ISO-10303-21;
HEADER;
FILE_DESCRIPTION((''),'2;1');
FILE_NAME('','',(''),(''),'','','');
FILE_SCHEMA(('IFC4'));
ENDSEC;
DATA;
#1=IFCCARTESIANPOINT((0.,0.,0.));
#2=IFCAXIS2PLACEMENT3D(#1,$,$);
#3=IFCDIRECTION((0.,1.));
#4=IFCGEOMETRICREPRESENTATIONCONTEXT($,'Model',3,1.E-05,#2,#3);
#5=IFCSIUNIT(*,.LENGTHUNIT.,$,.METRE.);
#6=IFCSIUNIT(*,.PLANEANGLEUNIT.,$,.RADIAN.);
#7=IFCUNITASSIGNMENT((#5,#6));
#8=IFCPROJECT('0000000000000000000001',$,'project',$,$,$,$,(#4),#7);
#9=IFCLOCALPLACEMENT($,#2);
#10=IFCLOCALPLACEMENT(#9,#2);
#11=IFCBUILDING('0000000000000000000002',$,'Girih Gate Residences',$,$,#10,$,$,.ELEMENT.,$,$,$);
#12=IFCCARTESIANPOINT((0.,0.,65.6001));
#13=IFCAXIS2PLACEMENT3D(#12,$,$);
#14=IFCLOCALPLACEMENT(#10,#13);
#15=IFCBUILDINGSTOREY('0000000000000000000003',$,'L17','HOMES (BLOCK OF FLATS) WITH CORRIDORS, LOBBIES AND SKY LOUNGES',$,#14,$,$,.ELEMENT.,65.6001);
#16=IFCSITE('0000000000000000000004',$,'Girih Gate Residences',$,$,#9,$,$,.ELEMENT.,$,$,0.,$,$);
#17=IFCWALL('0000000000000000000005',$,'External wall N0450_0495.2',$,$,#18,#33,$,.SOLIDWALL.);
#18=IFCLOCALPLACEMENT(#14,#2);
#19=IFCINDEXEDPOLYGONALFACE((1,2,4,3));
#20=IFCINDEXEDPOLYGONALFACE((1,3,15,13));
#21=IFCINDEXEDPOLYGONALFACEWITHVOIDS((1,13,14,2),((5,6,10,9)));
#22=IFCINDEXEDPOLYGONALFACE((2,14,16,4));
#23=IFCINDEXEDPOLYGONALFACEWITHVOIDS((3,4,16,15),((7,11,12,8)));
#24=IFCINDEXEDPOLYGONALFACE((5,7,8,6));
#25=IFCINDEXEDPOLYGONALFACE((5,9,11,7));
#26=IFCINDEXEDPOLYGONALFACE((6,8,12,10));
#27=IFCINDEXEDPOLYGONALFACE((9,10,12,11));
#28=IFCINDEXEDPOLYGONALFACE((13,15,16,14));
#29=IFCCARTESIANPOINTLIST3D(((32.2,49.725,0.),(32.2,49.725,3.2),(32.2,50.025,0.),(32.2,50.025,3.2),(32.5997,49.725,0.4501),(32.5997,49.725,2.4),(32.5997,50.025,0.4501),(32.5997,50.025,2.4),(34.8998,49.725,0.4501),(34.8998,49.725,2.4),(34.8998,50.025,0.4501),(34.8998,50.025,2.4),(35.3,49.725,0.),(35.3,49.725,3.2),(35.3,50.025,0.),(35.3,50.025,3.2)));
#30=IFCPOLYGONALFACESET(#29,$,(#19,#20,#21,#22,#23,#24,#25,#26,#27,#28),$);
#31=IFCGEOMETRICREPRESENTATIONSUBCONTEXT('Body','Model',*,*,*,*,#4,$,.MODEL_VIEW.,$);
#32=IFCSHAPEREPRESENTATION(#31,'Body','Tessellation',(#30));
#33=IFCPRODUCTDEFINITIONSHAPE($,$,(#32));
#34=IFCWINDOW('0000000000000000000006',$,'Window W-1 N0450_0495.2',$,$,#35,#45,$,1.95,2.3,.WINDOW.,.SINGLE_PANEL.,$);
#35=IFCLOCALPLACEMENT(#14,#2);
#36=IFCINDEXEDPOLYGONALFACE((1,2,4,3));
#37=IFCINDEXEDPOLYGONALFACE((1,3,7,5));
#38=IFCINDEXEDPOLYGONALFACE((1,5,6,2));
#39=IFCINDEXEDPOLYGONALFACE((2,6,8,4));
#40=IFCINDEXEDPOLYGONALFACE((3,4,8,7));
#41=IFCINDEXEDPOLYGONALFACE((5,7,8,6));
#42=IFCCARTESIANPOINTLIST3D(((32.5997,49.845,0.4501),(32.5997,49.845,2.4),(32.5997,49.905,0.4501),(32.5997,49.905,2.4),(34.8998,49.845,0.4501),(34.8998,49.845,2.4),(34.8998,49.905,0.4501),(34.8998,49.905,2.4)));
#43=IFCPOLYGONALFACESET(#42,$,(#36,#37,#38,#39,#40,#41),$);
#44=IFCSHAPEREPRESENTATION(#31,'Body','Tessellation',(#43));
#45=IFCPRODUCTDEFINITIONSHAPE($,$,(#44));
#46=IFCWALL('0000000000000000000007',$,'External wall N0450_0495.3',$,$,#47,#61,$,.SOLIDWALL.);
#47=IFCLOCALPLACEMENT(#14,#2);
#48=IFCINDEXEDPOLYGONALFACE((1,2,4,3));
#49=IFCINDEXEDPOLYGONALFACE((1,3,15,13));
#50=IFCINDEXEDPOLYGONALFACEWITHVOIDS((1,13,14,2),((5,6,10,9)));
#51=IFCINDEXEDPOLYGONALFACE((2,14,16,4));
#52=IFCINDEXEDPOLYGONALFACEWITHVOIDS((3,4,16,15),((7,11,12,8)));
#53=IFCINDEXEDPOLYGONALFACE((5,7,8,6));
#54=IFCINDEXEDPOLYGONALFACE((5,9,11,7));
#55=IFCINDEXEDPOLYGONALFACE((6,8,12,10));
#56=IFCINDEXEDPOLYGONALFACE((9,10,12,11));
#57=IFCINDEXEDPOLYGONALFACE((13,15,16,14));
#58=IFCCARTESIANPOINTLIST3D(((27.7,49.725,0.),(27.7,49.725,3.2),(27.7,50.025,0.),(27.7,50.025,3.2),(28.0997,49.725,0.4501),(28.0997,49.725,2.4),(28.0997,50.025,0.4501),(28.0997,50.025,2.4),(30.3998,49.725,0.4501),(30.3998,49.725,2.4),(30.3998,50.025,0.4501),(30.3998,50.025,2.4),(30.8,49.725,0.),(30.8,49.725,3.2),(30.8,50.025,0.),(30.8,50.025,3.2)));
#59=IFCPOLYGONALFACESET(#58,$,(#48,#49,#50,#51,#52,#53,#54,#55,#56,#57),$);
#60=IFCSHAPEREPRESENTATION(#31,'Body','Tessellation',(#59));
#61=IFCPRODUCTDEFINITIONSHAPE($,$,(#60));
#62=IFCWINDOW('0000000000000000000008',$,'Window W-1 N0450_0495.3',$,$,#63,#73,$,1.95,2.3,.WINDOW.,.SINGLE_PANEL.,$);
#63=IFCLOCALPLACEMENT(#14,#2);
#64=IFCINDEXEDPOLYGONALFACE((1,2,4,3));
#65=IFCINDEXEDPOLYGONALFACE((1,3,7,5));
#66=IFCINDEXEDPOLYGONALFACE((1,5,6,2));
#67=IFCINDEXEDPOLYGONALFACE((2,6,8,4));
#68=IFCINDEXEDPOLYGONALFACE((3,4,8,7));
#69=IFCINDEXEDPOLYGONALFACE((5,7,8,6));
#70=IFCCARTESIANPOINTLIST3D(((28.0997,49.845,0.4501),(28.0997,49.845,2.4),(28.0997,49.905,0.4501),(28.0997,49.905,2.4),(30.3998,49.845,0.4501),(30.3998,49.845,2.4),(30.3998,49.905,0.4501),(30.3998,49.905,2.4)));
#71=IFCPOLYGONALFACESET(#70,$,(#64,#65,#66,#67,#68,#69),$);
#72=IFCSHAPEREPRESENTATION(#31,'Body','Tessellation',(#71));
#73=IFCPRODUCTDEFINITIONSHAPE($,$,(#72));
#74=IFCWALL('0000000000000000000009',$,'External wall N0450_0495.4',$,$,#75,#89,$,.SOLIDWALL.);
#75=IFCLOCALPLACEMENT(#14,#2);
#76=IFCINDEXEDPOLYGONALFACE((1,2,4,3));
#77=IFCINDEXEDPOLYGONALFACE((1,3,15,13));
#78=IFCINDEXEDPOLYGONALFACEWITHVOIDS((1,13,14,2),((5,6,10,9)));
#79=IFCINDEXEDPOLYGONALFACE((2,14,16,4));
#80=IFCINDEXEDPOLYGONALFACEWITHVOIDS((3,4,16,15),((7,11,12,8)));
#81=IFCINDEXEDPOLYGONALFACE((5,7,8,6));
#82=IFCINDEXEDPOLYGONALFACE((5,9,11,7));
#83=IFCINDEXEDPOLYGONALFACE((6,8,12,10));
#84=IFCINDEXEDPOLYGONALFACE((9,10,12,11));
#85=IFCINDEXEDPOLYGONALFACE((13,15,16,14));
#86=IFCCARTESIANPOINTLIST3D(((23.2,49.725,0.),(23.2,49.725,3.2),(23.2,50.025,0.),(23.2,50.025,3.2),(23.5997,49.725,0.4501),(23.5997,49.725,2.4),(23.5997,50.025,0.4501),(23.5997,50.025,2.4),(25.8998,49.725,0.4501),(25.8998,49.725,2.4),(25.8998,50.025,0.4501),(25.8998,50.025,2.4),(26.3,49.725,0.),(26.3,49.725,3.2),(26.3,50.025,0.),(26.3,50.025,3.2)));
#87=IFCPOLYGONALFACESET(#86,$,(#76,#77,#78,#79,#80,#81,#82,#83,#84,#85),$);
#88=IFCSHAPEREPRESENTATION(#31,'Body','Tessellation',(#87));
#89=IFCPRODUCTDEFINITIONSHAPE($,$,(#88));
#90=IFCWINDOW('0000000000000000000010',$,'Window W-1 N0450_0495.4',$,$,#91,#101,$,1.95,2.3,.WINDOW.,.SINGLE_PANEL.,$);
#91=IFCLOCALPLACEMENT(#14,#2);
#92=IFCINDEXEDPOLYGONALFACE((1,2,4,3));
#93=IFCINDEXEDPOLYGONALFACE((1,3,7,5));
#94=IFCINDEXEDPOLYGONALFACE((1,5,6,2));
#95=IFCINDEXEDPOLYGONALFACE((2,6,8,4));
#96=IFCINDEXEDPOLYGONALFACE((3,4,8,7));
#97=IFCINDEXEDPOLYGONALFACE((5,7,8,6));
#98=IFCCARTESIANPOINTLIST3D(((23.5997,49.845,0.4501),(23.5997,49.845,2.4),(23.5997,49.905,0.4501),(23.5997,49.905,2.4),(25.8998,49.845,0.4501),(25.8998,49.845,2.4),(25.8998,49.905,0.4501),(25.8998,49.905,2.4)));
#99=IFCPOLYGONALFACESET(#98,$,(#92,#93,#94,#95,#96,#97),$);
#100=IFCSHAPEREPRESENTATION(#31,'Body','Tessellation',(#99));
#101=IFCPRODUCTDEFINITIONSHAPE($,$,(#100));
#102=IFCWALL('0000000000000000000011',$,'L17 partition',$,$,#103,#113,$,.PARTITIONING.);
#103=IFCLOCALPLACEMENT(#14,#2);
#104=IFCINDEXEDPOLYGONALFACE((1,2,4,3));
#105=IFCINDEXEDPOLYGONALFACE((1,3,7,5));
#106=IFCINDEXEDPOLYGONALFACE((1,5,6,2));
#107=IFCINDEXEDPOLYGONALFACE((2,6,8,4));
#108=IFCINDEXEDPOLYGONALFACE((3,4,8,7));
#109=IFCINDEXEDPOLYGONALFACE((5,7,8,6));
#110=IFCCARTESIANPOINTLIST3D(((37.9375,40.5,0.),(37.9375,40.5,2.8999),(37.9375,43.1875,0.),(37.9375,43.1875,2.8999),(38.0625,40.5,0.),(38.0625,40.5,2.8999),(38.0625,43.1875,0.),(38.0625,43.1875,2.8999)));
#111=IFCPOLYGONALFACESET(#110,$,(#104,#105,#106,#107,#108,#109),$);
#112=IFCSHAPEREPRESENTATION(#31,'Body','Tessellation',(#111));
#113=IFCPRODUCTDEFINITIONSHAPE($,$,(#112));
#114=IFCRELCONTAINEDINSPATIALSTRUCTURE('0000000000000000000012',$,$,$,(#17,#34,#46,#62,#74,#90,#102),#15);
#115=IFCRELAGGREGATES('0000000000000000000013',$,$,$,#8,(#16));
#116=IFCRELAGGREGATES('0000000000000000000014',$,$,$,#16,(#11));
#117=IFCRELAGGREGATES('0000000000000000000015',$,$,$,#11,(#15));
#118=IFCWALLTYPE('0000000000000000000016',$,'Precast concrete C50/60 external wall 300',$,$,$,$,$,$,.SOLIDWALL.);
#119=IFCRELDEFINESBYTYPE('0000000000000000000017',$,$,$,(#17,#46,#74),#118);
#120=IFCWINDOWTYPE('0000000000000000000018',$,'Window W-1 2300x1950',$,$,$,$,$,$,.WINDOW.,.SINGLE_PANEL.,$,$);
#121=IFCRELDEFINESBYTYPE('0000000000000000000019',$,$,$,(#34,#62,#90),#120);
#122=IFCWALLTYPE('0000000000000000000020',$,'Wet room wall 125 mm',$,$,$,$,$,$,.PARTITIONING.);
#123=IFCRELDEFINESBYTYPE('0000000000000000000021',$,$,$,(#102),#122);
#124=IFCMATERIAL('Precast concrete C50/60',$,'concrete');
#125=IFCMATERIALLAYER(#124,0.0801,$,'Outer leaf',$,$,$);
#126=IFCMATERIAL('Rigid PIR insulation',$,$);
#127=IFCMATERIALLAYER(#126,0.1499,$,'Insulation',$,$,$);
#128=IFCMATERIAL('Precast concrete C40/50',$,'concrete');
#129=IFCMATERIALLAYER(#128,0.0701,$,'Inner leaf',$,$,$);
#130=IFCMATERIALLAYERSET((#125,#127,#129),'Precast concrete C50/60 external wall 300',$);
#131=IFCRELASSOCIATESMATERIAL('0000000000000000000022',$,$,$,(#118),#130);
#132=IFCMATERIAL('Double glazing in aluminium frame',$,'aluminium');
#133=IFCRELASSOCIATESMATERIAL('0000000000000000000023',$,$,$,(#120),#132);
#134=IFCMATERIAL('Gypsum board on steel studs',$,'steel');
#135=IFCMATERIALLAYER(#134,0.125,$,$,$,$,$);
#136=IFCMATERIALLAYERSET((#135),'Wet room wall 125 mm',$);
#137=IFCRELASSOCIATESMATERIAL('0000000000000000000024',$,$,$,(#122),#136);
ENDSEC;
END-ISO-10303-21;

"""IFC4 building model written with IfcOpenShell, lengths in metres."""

from ifc_helpers import new_model, si_unit, direction, frame, frame_2d, origin, place, context, subcontext, project, spatial, rectangle, extrude, material, layer, layer_set, type_object, element, fill, save


model = new_model("IFC4")

# Units and contexts
model_context = context("Model", 3, precision=1e-05, world=origin(), true_north=direction((0.0, 1.0)))
body_context = subcontext(model_context, "Body", "Model", "MODEL_VIEW")
ifc_project = project(units=[si_unit("LENGTHUNIT", "METRE"), si_unit("PLANEANGLEUNIT", "RADIAN")], contexts=[model_context])

# Site, building, storey
site_placement = place(None, origin())
site = spatial("IfcSite", under=ifc_project, at=site_placement, Name="Girih Gate Residences", CompositionType="ELEMENT", RefElevation=0.0)
building_placement = place(site_placement, origin())
building = spatial("IfcBuilding", under=site, at=building_placement, Name="Girih Gate Residences", CompositionType="ELEMENT")
storey_placement = place(building_placement, frame((0.0, 0.0, 65.6001)))
storey = spatial("IfcBuildingStorey", under=building, at=storey_placement, Name="L17", Description="HOMES (BLOCK OF FLATS) WITH CORRIDORS, LOBBIES AND SKY LOUNGES", CompositionType="ELEMENT", Elevation=65.6001)

# Shared definitions
ifc_material_1 = material(Name="Gypsum board on steel studs", Category="steel")

# Walls, openings, windows
ifc_material_2 = material(Name="Precast concrete C50/60", Category="concrete")
ifc_layer_1 = layer(ifc_material_2, 0.0801, Name="Outer leaf")
ifc_material_3 = material(Name="Rigid PIR insulation")
ifc_layer_2 = layer(ifc_material_3, 0.1499, Name="Insulation")
ifc_material_4 = material(Name="Precast concrete C40/50", Category="concrete")
ifc_layer_3 = layer(ifc_material_4, 0.0701, Name="Inner leaf")
ifc_layer_set_1 = layer_set([ifc_layer_1, ifc_layer_2, ifc_layer_3], Name="Precast concrete C50/60 external wall 300")
wall_type_1 = type_object("IfcWallType", Name="Precast concrete C50/60 external wall 300", PredefinedType="SOLIDWALL", material=ifc_layer_set_1)
ifc_material_5 = material(Name="Double glazing in aluminium frame", Category="aluminium")
window_type = type_object("IfcWindowType", Name="Window W-1 2300x1950", PartitioningType="SINGLE_PANEL", PredefinedType="WINDOW", material=ifc_material_5)
wall_1_placement = place(storey_placement, frame((32.2, 49.875, 0.0), z_axis=(0.0, 0.0, 1.0), x_axis=(1.0, 0.0, 0.0)))
wall_1 = element("IfcWall", 1, at=wall_1_placement, inside=storey, type_object=wall_type_1, Name="External wall N0450_0495.2", PredefinedType="SOLIDWALL", context=body_context, shape_type="SweptSolid", body=[
    extrude(rectangle(XDim=3.1001, YDim=0.3, at=frame_2d((1.55, 0.0))), origin(), (0.0, 0.0, 1.0), 3.2),
])
opening_1_placement = place(wall_1_placement, frame((0.3999, 0.0, 0.45)))
opening_1 = element("IfcOpeningElement", 2, at=opening_1_placement, cuts=wall_1, PredefinedType="OPENING", context=body_context, shape_type="SweptSolid", body=[
    extrude(rectangle(XDim=2.3, YDim=1.95, at=frame_2d((1.1499, 0.9751))), frame((0.0, 0.1599, 0.0), z_axis=(0.0, -1.0, 0.0), x_axis=(1.0, 0.0, 0.0)), (0.0, 0.0, 1.0), 0.3201),
])
window_1_placement = place(opening_1_placement, origin())
window_1 = element("IfcWindow", 3, at=window_1_placement, inside=storey, type_object=window_type, Name="Window W-1 N0450_0495.2", OverallHeight=1.95, OverallWidth=2.3, PartitioningType="SINGLE_PANEL", PredefinedType="WINDOW", context=body_context, shape_type="SweptSolid", body=[
    extrude(rectangle(XDim=2.3, YDim=1.95, at=frame_2d((1.1499, 0.9751))), frame((0.0, 0.03, 0.0), z_axis=(0.0, -1.0, 0.0), x_axis=(1.0, 0.0, 0.0)), (0.0, 0.0, 1.0), 0.0601),
])
fill(opening_1, window_1)
wall_2_placement = place(storey_placement, frame((27.7, 49.875, 0.0), z_axis=(0.0, 0.0, 1.0), x_axis=(1.0, 0.0, 0.0)))
wall_2 = element("IfcWall", 4, at=wall_2_placement, inside=storey, type_object=wall_type_1, Name="External wall N0450_0495.3", PredefinedType="SOLIDWALL", context=body_context, shape_type="SweptSolid", body=[
    extrude(rectangle(XDim=3.1001, YDim=0.3, at=frame_2d((1.55, 0.0))), origin(), (0.0, 0.0, 1.0), 3.2),
])
opening_2_placement = place(wall_2_placement, frame((0.3999, 0.0, 0.45)))
opening_2 = element("IfcOpeningElement", 5, at=opening_2_placement, cuts=wall_2, PredefinedType="OPENING", context=body_context, shape_type="SweptSolid", body=[
    extrude(rectangle(XDim=2.3, YDim=1.95, at=frame_2d((1.1499, 0.9751))), frame((0.0, 0.1599, 0.0), z_axis=(0.0, -1.0, 0.0), x_axis=(1.0, 0.0, 0.0)), (0.0, 0.0, 1.0), 0.3201),
])
window_2_placement = place(opening_2_placement, origin())
window_2 = element("IfcWindow", 6, at=window_2_placement, inside=storey, type_object=window_type, Name="Window W-1 N0450_0495.3", OverallHeight=1.95, OverallWidth=2.3, PartitioningType="SINGLE_PANEL", PredefinedType="WINDOW", context=body_context, shape_type="SweptSolid", body=[
    extrude(rectangle(XDim=2.3, YDim=1.95, at=frame_2d((1.1499, 0.9751))), frame((0.0, 0.03, 0.0), z_axis=(0.0, -1.0, 0.0), x_axis=(1.0, 0.0, 0.0)), (0.0, 0.0, 1.0), 0.0601),
])
fill(opening_2, window_2)
wall_3_placement = place(storey_placement, frame((23.2, 49.875, 0.0), z_axis=(0.0, 0.0, 1.0), x_axis=(1.0, 0.0, 0.0)))
wall_3 = element("IfcWall", 7, at=wall_3_placement, inside=storey, type_object=wall_type_1, Name="External wall N0450_0495.4", PredefinedType="SOLIDWALL", context=body_context, shape_type="SweptSolid", body=[
    extrude(rectangle(XDim=3.1001, YDim=0.3, at=frame_2d((1.55, 0.0))), origin(), (0.0, 0.0, 1.0), 3.2),
])
opening_3_placement = place(wall_3_placement, frame((0.3999, 0.0, 0.45)))
opening_3 = element("IfcOpeningElement", 8, at=opening_3_placement, cuts=wall_3, PredefinedType="OPENING", context=body_context, shape_type="SweptSolid", body=[
    extrude(rectangle(XDim=2.3, YDim=1.95, at=frame_2d((1.1499, 0.9751))), frame((0.0, 0.1599, 0.0), z_axis=(0.0, -1.0, 0.0), x_axis=(1.0, 0.0, 0.0)), (0.0, 0.0, 1.0), 0.3201),
])
window_3_placement = place(opening_3_placement, origin())
window_3 = element("IfcWindow", 9, at=window_3_placement, inside=storey, type_object=window_type, Name="Window W-1 N0450_0495.4", OverallHeight=1.95, OverallWidth=2.3, PartitioningType="SINGLE_PANEL", PredefinedType="WINDOW", context=body_context, shape_type="SweptSolid", body=[
    extrude(rectangle(XDim=2.3, YDim=1.95, at=frame_2d((1.1499, 0.9751))), frame((0.0, 0.03, 0.0), z_axis=(0.0, -1.0, 0.0), x_axis=(1.0, 0.0, 0.0)), (0.0, 0.0, 1.0), 0.0601),
])
fill(opening_3, window_3)

# Wall
ifc_layer_4 = layer(ifc_material_1, 0.125)
ifc_layer_set_2 = layer_set([ifc_layer_4], Name="Wet room wall 125 mm")
wall_type_2 = type_object("IfcWallType", Name="Wet room wall 125 mm", PredefinedType="PARTITIONING", material=ifc_layer_set_2)
wall_4_placement = place(storey_placement, frame((38.0, 40.5, 0.0), z_axis=(0.0, 0.0, 1.0), x_axis=(0.0, 1.0, 0.0)))
element("IfcWall", 10, at=wall_4_placement, inside=storey, type_object=wall_type_2, Name="L17 partition", PredefinedType="PARTITIONING", context=body_context, shape_type="SweptSolid", body=[
    extrude(rectangle(XDim=2.6875, YDim=0.125, at=frame_2d((1.3438, 0.0))), origin(), (0.0, 0.0, 1.0), 2.8999),
])

save(model, "model.ifc")
